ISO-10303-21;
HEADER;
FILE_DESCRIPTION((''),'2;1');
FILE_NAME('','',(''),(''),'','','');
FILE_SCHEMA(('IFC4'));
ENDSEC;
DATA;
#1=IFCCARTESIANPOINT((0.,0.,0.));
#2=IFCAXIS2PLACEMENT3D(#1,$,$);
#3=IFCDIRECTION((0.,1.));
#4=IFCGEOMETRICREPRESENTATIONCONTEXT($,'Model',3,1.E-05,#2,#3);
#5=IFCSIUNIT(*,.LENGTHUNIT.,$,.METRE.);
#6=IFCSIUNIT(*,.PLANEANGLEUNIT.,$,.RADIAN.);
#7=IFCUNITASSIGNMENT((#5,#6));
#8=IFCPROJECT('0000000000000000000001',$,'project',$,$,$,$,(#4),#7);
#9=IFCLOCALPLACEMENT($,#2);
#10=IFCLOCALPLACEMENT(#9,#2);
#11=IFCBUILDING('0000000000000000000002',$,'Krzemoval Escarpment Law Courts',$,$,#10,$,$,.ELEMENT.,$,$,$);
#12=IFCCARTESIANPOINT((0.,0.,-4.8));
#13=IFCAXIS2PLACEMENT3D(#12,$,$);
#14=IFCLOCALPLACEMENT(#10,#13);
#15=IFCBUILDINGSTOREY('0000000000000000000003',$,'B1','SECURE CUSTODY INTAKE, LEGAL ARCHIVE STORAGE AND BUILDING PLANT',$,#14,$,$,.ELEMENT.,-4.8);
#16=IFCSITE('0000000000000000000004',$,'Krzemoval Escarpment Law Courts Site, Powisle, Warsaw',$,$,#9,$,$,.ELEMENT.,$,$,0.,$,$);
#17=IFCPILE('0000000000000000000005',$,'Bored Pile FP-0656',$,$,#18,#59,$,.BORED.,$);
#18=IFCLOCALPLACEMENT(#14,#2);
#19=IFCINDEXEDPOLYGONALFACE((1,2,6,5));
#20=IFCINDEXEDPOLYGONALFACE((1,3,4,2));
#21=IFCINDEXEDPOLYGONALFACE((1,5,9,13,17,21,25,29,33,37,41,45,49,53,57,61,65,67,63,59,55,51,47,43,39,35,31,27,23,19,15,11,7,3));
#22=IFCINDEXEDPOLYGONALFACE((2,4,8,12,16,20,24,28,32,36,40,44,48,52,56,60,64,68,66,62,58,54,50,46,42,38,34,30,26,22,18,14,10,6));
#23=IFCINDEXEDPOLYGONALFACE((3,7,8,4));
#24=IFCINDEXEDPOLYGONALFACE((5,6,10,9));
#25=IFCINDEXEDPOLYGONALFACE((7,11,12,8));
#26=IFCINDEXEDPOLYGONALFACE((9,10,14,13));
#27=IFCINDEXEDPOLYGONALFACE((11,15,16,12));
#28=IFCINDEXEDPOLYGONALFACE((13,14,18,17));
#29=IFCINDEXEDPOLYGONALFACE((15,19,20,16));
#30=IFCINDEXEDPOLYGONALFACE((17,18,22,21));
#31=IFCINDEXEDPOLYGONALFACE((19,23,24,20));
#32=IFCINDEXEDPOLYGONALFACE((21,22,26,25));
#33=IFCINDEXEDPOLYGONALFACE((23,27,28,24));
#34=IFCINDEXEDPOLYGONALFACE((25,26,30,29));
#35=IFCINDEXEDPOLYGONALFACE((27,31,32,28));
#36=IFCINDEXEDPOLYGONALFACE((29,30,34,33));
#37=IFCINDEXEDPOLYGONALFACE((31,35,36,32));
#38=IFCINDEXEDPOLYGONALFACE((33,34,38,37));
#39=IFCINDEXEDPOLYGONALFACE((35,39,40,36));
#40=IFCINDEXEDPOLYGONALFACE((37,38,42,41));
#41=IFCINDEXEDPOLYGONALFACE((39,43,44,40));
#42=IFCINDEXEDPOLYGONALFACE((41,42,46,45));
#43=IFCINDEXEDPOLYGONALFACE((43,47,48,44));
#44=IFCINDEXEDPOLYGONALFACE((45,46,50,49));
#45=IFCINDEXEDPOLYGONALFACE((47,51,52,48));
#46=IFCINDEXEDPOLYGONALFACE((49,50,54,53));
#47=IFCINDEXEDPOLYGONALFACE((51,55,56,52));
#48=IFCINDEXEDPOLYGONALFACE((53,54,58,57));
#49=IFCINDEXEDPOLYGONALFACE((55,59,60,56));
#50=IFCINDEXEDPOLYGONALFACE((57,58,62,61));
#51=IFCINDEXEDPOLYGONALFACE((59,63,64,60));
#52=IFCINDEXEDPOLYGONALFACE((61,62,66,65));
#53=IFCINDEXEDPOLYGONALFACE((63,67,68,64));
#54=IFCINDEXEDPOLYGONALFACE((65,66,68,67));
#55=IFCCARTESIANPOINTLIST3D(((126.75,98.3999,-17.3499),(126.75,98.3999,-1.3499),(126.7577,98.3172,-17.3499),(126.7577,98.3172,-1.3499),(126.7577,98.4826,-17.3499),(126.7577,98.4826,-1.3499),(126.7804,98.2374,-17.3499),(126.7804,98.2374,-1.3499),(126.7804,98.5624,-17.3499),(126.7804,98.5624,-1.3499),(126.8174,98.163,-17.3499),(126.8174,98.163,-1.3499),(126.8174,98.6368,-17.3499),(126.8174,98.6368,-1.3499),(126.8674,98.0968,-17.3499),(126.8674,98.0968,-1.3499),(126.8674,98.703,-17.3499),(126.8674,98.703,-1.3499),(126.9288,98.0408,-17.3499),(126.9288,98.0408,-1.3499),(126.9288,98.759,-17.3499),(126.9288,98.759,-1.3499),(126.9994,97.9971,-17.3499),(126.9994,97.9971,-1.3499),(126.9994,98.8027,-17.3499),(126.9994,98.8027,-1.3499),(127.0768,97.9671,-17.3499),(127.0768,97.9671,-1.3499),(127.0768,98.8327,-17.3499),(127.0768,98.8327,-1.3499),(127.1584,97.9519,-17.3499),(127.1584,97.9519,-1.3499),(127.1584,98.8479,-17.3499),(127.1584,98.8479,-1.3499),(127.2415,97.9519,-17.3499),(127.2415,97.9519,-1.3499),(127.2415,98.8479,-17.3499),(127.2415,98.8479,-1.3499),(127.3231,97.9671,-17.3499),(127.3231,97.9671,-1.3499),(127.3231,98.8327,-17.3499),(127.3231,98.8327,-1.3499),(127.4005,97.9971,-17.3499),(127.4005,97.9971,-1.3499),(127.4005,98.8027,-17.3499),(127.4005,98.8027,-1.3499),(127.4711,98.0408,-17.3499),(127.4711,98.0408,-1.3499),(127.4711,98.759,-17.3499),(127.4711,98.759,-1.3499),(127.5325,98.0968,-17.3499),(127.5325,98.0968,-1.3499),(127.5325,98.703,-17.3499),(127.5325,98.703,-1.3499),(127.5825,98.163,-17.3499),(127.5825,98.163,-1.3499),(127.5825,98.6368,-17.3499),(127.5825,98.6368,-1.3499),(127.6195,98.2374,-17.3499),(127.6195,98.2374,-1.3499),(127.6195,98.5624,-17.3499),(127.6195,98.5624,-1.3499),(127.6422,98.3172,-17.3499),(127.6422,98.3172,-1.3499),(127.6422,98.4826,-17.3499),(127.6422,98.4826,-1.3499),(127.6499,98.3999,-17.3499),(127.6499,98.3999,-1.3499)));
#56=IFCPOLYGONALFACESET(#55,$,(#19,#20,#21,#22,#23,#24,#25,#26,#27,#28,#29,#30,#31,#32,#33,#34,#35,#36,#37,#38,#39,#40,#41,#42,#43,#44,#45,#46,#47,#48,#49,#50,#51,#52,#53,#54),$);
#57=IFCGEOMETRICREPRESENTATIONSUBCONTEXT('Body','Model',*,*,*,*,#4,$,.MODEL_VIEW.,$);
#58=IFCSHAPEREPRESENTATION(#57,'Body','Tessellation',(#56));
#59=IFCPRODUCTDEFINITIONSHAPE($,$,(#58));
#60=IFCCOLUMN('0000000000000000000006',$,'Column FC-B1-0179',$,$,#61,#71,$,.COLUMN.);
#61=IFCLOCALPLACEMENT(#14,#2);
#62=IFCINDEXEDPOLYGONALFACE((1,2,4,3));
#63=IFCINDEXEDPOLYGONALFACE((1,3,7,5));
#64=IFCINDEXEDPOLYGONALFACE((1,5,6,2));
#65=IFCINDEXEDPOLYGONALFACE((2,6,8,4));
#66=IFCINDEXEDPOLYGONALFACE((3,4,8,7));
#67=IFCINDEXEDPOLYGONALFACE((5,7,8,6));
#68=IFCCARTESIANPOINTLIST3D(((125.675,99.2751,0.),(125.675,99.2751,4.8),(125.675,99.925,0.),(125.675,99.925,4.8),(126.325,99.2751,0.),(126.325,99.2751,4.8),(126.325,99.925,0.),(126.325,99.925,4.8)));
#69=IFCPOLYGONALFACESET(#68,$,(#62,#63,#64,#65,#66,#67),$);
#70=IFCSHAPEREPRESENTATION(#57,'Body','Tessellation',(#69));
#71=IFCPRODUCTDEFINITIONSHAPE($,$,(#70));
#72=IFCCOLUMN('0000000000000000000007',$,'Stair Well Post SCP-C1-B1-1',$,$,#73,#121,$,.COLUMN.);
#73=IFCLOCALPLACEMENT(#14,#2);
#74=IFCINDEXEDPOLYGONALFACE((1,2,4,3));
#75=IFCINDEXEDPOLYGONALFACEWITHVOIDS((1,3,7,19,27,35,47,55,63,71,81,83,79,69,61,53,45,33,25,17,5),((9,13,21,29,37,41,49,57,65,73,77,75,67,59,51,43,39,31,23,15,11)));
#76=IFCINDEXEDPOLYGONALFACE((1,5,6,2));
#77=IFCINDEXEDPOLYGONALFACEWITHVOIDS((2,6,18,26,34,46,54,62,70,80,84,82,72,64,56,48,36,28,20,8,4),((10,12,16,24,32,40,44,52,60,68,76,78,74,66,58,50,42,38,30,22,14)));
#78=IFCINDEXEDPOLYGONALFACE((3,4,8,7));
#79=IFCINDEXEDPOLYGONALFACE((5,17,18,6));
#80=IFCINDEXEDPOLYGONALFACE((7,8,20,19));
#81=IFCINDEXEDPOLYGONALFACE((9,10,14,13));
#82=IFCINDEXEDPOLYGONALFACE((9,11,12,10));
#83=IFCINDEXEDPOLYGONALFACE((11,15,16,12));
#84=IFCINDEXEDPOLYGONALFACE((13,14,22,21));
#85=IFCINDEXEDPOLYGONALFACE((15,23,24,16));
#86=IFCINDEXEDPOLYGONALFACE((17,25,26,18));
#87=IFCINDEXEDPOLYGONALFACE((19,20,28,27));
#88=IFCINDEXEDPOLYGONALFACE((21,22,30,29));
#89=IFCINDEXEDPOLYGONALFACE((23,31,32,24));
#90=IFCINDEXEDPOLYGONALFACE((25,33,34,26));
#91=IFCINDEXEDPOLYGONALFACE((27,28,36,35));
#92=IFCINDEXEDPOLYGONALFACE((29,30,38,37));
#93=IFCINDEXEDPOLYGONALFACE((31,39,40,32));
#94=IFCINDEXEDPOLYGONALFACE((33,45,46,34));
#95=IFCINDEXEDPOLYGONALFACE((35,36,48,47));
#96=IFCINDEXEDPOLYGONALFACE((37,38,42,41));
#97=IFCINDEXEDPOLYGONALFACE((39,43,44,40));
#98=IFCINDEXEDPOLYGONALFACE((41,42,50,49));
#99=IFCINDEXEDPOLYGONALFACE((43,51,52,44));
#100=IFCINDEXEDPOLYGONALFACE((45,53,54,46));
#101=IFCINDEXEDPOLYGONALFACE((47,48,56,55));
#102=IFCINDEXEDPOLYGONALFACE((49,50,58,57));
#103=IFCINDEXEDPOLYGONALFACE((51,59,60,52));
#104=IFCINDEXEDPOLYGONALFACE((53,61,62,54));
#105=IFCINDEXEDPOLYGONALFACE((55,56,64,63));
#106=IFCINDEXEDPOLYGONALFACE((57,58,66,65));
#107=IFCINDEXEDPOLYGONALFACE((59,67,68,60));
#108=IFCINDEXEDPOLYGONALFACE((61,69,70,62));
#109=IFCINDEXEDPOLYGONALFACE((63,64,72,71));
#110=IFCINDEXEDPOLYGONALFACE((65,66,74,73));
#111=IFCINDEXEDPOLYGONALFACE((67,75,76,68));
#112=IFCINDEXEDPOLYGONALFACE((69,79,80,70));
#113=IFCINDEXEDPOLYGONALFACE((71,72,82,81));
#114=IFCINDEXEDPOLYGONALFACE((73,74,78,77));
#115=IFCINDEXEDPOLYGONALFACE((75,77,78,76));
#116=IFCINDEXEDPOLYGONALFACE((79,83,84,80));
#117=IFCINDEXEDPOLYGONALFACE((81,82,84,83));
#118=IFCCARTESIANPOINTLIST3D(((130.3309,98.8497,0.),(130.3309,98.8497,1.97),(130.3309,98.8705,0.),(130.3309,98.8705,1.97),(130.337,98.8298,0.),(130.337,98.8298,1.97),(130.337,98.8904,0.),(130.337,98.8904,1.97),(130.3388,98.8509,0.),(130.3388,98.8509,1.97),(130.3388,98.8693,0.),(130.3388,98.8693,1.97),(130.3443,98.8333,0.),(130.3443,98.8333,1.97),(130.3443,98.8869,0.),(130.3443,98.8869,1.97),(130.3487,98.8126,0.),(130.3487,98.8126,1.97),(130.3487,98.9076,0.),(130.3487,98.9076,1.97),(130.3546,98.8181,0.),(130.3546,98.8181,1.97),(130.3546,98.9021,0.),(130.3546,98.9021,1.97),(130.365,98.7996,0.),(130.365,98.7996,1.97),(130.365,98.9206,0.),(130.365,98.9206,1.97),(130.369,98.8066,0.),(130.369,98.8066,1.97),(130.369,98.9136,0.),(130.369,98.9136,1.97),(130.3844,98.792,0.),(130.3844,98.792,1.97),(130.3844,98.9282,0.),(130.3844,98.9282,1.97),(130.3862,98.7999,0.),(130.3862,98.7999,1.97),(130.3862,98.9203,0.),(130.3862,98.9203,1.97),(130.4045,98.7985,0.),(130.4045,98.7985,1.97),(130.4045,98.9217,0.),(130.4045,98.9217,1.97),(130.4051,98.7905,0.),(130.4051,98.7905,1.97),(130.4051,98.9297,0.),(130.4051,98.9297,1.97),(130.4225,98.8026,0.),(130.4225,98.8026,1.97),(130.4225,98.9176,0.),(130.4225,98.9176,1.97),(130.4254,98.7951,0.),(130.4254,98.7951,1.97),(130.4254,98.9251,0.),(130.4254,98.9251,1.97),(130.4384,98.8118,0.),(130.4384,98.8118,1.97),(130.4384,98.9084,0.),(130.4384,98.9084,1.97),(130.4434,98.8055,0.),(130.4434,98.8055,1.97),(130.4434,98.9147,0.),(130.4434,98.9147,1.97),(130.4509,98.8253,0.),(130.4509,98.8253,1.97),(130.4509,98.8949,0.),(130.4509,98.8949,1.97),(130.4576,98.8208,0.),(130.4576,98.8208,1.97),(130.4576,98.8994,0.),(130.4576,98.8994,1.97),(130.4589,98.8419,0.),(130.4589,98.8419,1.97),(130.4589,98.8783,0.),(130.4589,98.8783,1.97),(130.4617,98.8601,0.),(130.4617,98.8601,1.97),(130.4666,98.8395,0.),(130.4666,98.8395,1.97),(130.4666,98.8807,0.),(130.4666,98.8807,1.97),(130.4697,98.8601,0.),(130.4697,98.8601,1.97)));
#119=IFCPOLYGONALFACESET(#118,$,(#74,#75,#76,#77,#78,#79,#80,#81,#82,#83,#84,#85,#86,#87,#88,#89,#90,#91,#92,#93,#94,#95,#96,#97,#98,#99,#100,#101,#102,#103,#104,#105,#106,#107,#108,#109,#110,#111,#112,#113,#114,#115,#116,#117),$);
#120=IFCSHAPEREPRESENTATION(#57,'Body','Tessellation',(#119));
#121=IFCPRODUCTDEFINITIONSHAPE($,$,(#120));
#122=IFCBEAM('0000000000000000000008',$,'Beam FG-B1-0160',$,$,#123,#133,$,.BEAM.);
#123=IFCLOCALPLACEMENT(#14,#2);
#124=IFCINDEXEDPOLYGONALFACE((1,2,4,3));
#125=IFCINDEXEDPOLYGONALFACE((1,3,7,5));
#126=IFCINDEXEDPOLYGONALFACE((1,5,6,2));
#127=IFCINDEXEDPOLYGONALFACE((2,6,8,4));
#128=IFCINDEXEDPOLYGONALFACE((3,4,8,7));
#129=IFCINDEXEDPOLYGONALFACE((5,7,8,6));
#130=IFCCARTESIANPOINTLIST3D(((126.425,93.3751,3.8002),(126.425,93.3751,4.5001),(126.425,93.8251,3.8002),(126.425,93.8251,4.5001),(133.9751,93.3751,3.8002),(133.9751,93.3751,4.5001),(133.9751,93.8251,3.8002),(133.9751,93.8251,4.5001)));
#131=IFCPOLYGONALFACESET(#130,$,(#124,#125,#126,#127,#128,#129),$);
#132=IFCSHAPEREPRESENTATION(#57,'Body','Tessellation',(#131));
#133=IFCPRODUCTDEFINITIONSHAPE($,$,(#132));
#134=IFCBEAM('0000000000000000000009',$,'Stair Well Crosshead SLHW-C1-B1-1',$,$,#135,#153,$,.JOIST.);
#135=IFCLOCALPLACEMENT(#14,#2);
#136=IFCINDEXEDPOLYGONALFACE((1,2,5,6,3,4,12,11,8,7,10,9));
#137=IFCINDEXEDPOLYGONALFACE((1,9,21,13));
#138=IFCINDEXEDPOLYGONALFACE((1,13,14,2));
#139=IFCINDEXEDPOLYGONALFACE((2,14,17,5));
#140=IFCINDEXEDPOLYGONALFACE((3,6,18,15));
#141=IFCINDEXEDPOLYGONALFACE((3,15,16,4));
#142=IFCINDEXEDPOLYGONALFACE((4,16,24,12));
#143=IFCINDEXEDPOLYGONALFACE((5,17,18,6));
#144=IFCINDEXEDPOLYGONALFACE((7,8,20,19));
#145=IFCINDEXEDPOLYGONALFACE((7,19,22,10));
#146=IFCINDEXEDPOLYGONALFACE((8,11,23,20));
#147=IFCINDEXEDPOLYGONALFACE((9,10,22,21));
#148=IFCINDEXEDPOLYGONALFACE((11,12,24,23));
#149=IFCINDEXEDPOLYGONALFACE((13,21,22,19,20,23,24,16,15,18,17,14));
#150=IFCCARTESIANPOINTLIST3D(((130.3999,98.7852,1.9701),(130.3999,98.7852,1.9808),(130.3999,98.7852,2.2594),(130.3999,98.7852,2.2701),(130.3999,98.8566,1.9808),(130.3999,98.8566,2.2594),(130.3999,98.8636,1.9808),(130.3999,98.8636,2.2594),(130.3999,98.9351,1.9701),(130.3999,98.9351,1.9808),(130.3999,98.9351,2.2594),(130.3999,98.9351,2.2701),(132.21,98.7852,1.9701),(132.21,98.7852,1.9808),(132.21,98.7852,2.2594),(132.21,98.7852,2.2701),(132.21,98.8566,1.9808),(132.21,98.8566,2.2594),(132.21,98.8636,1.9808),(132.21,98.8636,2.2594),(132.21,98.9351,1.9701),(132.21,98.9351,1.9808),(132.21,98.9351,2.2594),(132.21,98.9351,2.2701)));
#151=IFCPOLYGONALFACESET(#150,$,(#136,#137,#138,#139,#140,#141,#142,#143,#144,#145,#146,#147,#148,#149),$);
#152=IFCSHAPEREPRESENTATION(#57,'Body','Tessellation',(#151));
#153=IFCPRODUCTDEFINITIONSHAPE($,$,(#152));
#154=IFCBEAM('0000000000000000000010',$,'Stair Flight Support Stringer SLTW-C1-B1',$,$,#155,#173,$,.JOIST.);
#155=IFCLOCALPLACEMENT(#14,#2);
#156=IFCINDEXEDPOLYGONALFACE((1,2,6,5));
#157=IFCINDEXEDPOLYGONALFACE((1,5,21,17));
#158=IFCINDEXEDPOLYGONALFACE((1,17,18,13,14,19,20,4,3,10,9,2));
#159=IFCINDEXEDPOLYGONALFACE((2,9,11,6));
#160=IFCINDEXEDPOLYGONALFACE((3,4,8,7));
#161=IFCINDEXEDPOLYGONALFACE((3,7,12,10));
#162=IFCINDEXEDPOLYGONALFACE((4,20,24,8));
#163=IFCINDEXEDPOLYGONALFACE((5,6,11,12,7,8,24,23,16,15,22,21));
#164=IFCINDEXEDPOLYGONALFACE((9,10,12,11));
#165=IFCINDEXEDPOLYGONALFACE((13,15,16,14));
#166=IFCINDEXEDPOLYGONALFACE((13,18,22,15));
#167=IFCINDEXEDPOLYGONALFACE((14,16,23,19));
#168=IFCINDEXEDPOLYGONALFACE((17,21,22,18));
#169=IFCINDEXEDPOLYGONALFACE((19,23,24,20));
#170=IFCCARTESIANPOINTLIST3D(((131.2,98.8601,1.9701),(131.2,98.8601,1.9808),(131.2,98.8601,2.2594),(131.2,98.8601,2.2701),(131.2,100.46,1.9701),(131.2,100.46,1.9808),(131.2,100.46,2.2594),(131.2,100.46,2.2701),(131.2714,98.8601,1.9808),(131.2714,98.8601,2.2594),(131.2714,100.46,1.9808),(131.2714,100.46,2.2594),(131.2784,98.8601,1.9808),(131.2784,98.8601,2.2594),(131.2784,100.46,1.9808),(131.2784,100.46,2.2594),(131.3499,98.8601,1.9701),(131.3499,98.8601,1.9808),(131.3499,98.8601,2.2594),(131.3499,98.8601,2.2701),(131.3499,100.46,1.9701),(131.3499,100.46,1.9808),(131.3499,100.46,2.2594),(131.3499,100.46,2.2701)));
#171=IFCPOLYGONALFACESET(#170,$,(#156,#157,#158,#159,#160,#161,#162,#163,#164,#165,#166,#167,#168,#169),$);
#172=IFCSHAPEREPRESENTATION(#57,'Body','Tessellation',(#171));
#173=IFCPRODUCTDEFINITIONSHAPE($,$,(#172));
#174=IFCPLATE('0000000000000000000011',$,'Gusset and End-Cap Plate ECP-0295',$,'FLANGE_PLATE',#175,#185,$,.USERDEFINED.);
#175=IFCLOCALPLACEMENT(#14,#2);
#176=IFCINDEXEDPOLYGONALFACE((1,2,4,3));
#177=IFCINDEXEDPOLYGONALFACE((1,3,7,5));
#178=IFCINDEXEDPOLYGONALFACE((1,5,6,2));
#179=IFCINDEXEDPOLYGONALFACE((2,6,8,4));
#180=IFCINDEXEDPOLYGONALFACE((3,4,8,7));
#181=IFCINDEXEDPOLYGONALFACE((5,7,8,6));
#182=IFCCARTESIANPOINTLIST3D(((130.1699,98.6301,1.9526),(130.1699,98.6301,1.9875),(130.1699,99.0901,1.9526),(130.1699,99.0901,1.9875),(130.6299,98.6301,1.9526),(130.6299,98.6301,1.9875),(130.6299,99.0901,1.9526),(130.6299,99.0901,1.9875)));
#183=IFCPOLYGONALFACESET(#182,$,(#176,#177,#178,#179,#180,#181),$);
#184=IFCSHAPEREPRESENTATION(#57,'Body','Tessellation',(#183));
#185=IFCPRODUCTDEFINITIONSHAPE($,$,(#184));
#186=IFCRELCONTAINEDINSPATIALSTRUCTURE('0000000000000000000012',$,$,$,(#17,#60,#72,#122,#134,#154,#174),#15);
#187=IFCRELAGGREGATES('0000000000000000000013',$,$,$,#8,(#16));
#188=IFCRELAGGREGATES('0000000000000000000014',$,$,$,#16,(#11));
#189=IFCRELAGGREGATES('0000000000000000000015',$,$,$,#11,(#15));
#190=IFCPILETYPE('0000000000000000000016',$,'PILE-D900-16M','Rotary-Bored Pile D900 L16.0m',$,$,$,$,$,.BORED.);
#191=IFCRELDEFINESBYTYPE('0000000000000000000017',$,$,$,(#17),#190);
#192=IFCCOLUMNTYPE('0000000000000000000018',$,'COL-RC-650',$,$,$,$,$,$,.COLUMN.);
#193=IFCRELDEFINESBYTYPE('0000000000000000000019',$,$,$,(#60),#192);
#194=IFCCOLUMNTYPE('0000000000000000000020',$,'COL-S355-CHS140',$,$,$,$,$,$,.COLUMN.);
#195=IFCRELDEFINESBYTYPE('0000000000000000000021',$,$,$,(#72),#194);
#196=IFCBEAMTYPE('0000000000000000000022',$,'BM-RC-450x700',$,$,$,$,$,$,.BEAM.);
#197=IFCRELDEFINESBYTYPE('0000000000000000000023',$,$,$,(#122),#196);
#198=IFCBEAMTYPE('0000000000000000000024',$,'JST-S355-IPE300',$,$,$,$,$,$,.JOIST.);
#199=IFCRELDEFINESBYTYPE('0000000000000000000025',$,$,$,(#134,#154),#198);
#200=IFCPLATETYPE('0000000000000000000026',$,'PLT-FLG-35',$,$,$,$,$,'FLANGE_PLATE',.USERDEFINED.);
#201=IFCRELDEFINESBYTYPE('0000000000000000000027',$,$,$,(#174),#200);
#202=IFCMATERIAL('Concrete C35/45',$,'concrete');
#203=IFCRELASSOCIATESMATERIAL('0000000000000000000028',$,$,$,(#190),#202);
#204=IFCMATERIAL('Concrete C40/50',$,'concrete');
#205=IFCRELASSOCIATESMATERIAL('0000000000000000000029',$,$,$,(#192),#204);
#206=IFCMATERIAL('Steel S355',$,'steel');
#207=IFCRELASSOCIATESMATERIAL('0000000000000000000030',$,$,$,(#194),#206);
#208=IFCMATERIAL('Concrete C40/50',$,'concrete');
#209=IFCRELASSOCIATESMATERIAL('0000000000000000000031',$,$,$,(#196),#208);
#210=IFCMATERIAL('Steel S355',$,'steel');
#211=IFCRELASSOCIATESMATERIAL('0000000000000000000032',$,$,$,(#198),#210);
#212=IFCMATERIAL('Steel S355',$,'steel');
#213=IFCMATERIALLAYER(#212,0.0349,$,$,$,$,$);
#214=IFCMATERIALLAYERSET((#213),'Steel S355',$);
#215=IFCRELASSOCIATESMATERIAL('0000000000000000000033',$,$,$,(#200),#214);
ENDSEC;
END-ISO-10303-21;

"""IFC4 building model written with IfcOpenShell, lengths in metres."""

from ifc_helpers import new_model, si_unit, direction, frame, origin, origin_2d, place, context, subcontext, project, spatial, rectangle, circle, hollow_circle, i_section, extrude, material, layer, layer_set, material_profile, profile_set, type_object, element, save


model = new_model("IFC4")

# Units and contexts
model_context = context("Model", 3, precision=1e-05, world=origin(), true_north=direction((0.0, 1.0)))
body_context = subcontext(model_context, "Body", "Model", "MODEL_VIEW")
ifc_project = project(units=[si_unit("LENGTHUNIT", "METRE"), si_unit("PLANEANGLEUNIT", "RADIAN")], contexts=[model_context])

# Site, building, storey
site_placement = place(None, origin())
site = spatial("IfcSite", under=ifc_project, at=site_placement, Name="Krzemoval Escarpment Law Courts Site, Powisle, Warsaw", CompositionType="ELEMENT", RefElevation=0.0)
building_placement = place(site_placement, origin())
building = spatial("IfcBuilding", under=site, at=building_placement, Name="Krzemoval Escarpment Law Courts", CompositionType="ELEMENT")
storey_placement = place(building_placement, frame((0.0, 0.0, -4.8)))
storey = spatial("IfcBuildingStorey", under=building, at=storey_placement, Name="B1", Description="SECURE CUSTODY INTAKE, LEGAL ARCHIVE STORAGE AND BUILDING PLANT", CompositionType="ELEMENT", Elevation=-4.8)

# Pile
ifc_material_1 = material(Name="Concrete C35/45", Category="concrete")
ifc_material_profile_1 = material_profile(ifc_material_1, circle(Radius=0.45, at=origin_2d()), Name="PILE D900")
ifc_profile_set_1 = profile_set([ifc_material_profile_1], Name="Concrete C35/45")
pile_type_1 = type_object("IfcPileType", Name="PILE-D900-16M", Description="Rotary-Bored Pile D900 L16.0m", PredefinedType="BORED", material=ifc_profile_set_1)
pile_placement = place(storey_placement, frame((127.2, 98.3999, -1.3499), z_axis=(0.0, 0.0, -1.0), x_axis=(1.0, 0.0, 0.0)))
element("IfcPile", 1, at=pile_placement, inside=storey, type_object=pile_type_1, Name="Bored Pile FP-0656", PredefinedType="BORED", context=body_context, shape_type="SweptSolid", body=[
    extrude(circle(Radius=0.45, at=origin_2d()), origin(), (0.0, 0.0, 1.0), 16.0),
])

# Columns
ifc_material_2 = material(Name="Concrete C40/50", Category="concrete")
ifc_material_profile_2 = material_profile(ifc_material_2, rectangle(XDim=0.6499, YDim=0.6499, at=origin_2d()), Name="RC 650x650")
ifc_profile_set_2 = profile_set([ifc_material_profile_2], Name="Concrete C40/50")
column_type_1 = type_object("IfcColumnType", Name="COL-RC-650", PredefinedType="COLUMN", material=ifc_profile_set_2)
column_1_placement = place(storey_placement, frame((126.0, 99.6001, 0.0), z_axis=(0.0, 0.0, 1.0), x_axis=(1.0, 0.0, 0.0)))
element("IfcColumn", 2, at=column_1_placement, inside=storey, type_object=column_type_1, Name="Column FC-B1-0179", PredefinedType="COLUMN", context=body_context, shape_type="SweptSolid", body=[
    extrude(rectangle(XDim=0.6499, YDim=0.6499, at=origin_2d()), origin(), (0.0, 0.0, 1.0), 4.8),
])
ifc_material_3 = material(Name="Steel S355", Category="steel")
ifc_material_profile_3 = material_profile(ifc_material_3, hollow_circle(Radius=0.0698, WallThickness=0.0081, at=origin_2d()), Name="CHS 139.7x8")
ifc_profile_set_3 = profile_set([ifc_material_profile_3], Name="Steel S355")
column_type_2 = type_object("IfcColumnType", Name="COL-S355-CHS140", PredefinedType="COLUMN", material=ifc_profile_set_3)
column_2_placement = place(storey_placement, frame((130.3999, 98.8601, 0.0), z_axis=(0.0, 0.0, 1.0), x_axis=(1.0, 0.0, 0.0)))
element("IfcColumn", 3, at=column_2_placement, inside=storey, type_object=column_type_2, Name="Stair Well Post SCP-C1-B1-1", PredefinedType="COLUMN", context=body_context, shape_type="SweptSolid", body=[
    extrude(hollow_circle(Radius=0.0698, WallThickness=0.0081, at=origin_2d()), origin(), (0.0, 0.0, 1.0), 1.97),
])

# Beams
ifc_material_4 = material(Name="Concrete C40/50", Category="concrete")
ifc_material_profile_4 = material_profile(ifc_material_4, rectangle(XDim=0.45, YDim=0.7, at=origin_2d()), Name="RCB 450x700")
ifc_profile_set_4 = profile_set([ifc_material_profile_4], Name="Concrete C40/50")
beam_type_1 = type_object("IfcBeamType", Name="BM-RC-450x700", PredefinedType="BEAM", material=ifc_profile_set_4)
beam_1_placement = place(storey_placement, frame((126.425, 93.6001, 4.1501), z_axis=(1.0, 0.0, 0.0), x_axis=(0.0, 1.0, 0.0)))
element("IfcBeam", 4, at=beam_1_placement, inside=storey, type_object=beam_type_1, Name="Beam FG-B1-0160", PredefinedType="BEAM", context=body_context, shape_type="SweptSolid", body=[
    extrude(rectangle(XDim=0.45, YDim=0.7, at=origin_2d()), origin(), (0.0, 0.0, 1.0), 7.55),
])
ifc_material_5 = material(Name="Steel S355", Category="steel")
ifc_material_profile_5 = material_profile(ifc_material_5, i_section(OverallWidth=0.1499, OverallDepth=0.3, WebThickness=0.0071, FlangeThickness=0.0107, at=origin_2d()), Name="IPE 300")
ifc_profile_set_5 = profile_set([ifc_material_profile_5], Name="Steel S355")
beam_type_2 = type_object("IfcBeamType", Name="JST-S355-IPE300", PredefinedType="JOIST", material=ifc_profile_set_5)
beam_2_placement = place(storey_placement, frame((130.3999, 98.8601, 2.1201), z_axis=(1.0, 0.0, 0.0), x_axis=(0.0, 1.0, 0.0)))
element("IfcBeam", 5, at=beam_2_placement, inside=storey, type_object=beam_type_2, Name="Stair Well Crosshead SLHW-C1-B1-1", PredefinedType="JOIST", context=body_context, shape_type="SweptSolid", body=[
    extrude(i_section(OverallWidth=0.1499, OverallDepth=0.3, WebThickness=0.0071, FlangeThickness=0.0107, at=origin_2d()), origin(), (0.0, 0.0, 1.0), 1.8101),
])
beam_3_placement = place(storey_placement, frame((131.2749, 98.8601, 2.1201), z_axis=(0.0, 1.0, 0.0), x_axis=(-1.0, 0.0, 0.0)))
element("IfcBeam", 6, at=beam_3_placement, inside=storey, type_object=beam_type_2, Name="Stair Flight Support Stringer SLTW-C1-B1", PredefinedType="JOIST", context=body_context, shape_type="SweptSolid", body=[
    extrude(i_section(OverallWidth=0.1499, OverallDepth=0.3, WebThickness=0.0071, FlangeThickness=0.0107, at=origin_2d()), origin(), (0.0, 0.0, 1.0), 1.5999),
])

# Plate
ifc_material_6 = material(Name="Steel S355", Category="steel")
ifc_layer_1 = layer(ifc_material_6, 0.0349)
ifc_layer_set_1 = layer_set([ifc_layer_1], Name="Steel S355")
plate_type_1 = type_object("IfcPlateType", Name="PLT-FLG-35", ElementType="FLANGE_PLATE", PredefinedType="USERDEFINED", material=ifc_layer_set_1)
plate_1_placement = place(storey_placement, frame((130.3999, 98.8601, 1.9526), z_axis=(0.0, 0.0, 1.0), x_axis=(1.0, 0.0, 0.0)))
element("IfcPlate", 7, at=plate_1_placement, inside=storey, type_object=plate_type_1, Name="Gusset and End-Cap Plate ECP-0295", ObjectType="FLANGE_PLATE", PredefinedType="USERDEFINED", context=body_context, shape_type="SweptSolid", body=[
    extrude(rectangle(XDim=0.46, YDim=0.46, at=origin_2d()), origin(), (0.0, 0.0, 1.0), 0.0349),
])

save(model, "model.ifc")
